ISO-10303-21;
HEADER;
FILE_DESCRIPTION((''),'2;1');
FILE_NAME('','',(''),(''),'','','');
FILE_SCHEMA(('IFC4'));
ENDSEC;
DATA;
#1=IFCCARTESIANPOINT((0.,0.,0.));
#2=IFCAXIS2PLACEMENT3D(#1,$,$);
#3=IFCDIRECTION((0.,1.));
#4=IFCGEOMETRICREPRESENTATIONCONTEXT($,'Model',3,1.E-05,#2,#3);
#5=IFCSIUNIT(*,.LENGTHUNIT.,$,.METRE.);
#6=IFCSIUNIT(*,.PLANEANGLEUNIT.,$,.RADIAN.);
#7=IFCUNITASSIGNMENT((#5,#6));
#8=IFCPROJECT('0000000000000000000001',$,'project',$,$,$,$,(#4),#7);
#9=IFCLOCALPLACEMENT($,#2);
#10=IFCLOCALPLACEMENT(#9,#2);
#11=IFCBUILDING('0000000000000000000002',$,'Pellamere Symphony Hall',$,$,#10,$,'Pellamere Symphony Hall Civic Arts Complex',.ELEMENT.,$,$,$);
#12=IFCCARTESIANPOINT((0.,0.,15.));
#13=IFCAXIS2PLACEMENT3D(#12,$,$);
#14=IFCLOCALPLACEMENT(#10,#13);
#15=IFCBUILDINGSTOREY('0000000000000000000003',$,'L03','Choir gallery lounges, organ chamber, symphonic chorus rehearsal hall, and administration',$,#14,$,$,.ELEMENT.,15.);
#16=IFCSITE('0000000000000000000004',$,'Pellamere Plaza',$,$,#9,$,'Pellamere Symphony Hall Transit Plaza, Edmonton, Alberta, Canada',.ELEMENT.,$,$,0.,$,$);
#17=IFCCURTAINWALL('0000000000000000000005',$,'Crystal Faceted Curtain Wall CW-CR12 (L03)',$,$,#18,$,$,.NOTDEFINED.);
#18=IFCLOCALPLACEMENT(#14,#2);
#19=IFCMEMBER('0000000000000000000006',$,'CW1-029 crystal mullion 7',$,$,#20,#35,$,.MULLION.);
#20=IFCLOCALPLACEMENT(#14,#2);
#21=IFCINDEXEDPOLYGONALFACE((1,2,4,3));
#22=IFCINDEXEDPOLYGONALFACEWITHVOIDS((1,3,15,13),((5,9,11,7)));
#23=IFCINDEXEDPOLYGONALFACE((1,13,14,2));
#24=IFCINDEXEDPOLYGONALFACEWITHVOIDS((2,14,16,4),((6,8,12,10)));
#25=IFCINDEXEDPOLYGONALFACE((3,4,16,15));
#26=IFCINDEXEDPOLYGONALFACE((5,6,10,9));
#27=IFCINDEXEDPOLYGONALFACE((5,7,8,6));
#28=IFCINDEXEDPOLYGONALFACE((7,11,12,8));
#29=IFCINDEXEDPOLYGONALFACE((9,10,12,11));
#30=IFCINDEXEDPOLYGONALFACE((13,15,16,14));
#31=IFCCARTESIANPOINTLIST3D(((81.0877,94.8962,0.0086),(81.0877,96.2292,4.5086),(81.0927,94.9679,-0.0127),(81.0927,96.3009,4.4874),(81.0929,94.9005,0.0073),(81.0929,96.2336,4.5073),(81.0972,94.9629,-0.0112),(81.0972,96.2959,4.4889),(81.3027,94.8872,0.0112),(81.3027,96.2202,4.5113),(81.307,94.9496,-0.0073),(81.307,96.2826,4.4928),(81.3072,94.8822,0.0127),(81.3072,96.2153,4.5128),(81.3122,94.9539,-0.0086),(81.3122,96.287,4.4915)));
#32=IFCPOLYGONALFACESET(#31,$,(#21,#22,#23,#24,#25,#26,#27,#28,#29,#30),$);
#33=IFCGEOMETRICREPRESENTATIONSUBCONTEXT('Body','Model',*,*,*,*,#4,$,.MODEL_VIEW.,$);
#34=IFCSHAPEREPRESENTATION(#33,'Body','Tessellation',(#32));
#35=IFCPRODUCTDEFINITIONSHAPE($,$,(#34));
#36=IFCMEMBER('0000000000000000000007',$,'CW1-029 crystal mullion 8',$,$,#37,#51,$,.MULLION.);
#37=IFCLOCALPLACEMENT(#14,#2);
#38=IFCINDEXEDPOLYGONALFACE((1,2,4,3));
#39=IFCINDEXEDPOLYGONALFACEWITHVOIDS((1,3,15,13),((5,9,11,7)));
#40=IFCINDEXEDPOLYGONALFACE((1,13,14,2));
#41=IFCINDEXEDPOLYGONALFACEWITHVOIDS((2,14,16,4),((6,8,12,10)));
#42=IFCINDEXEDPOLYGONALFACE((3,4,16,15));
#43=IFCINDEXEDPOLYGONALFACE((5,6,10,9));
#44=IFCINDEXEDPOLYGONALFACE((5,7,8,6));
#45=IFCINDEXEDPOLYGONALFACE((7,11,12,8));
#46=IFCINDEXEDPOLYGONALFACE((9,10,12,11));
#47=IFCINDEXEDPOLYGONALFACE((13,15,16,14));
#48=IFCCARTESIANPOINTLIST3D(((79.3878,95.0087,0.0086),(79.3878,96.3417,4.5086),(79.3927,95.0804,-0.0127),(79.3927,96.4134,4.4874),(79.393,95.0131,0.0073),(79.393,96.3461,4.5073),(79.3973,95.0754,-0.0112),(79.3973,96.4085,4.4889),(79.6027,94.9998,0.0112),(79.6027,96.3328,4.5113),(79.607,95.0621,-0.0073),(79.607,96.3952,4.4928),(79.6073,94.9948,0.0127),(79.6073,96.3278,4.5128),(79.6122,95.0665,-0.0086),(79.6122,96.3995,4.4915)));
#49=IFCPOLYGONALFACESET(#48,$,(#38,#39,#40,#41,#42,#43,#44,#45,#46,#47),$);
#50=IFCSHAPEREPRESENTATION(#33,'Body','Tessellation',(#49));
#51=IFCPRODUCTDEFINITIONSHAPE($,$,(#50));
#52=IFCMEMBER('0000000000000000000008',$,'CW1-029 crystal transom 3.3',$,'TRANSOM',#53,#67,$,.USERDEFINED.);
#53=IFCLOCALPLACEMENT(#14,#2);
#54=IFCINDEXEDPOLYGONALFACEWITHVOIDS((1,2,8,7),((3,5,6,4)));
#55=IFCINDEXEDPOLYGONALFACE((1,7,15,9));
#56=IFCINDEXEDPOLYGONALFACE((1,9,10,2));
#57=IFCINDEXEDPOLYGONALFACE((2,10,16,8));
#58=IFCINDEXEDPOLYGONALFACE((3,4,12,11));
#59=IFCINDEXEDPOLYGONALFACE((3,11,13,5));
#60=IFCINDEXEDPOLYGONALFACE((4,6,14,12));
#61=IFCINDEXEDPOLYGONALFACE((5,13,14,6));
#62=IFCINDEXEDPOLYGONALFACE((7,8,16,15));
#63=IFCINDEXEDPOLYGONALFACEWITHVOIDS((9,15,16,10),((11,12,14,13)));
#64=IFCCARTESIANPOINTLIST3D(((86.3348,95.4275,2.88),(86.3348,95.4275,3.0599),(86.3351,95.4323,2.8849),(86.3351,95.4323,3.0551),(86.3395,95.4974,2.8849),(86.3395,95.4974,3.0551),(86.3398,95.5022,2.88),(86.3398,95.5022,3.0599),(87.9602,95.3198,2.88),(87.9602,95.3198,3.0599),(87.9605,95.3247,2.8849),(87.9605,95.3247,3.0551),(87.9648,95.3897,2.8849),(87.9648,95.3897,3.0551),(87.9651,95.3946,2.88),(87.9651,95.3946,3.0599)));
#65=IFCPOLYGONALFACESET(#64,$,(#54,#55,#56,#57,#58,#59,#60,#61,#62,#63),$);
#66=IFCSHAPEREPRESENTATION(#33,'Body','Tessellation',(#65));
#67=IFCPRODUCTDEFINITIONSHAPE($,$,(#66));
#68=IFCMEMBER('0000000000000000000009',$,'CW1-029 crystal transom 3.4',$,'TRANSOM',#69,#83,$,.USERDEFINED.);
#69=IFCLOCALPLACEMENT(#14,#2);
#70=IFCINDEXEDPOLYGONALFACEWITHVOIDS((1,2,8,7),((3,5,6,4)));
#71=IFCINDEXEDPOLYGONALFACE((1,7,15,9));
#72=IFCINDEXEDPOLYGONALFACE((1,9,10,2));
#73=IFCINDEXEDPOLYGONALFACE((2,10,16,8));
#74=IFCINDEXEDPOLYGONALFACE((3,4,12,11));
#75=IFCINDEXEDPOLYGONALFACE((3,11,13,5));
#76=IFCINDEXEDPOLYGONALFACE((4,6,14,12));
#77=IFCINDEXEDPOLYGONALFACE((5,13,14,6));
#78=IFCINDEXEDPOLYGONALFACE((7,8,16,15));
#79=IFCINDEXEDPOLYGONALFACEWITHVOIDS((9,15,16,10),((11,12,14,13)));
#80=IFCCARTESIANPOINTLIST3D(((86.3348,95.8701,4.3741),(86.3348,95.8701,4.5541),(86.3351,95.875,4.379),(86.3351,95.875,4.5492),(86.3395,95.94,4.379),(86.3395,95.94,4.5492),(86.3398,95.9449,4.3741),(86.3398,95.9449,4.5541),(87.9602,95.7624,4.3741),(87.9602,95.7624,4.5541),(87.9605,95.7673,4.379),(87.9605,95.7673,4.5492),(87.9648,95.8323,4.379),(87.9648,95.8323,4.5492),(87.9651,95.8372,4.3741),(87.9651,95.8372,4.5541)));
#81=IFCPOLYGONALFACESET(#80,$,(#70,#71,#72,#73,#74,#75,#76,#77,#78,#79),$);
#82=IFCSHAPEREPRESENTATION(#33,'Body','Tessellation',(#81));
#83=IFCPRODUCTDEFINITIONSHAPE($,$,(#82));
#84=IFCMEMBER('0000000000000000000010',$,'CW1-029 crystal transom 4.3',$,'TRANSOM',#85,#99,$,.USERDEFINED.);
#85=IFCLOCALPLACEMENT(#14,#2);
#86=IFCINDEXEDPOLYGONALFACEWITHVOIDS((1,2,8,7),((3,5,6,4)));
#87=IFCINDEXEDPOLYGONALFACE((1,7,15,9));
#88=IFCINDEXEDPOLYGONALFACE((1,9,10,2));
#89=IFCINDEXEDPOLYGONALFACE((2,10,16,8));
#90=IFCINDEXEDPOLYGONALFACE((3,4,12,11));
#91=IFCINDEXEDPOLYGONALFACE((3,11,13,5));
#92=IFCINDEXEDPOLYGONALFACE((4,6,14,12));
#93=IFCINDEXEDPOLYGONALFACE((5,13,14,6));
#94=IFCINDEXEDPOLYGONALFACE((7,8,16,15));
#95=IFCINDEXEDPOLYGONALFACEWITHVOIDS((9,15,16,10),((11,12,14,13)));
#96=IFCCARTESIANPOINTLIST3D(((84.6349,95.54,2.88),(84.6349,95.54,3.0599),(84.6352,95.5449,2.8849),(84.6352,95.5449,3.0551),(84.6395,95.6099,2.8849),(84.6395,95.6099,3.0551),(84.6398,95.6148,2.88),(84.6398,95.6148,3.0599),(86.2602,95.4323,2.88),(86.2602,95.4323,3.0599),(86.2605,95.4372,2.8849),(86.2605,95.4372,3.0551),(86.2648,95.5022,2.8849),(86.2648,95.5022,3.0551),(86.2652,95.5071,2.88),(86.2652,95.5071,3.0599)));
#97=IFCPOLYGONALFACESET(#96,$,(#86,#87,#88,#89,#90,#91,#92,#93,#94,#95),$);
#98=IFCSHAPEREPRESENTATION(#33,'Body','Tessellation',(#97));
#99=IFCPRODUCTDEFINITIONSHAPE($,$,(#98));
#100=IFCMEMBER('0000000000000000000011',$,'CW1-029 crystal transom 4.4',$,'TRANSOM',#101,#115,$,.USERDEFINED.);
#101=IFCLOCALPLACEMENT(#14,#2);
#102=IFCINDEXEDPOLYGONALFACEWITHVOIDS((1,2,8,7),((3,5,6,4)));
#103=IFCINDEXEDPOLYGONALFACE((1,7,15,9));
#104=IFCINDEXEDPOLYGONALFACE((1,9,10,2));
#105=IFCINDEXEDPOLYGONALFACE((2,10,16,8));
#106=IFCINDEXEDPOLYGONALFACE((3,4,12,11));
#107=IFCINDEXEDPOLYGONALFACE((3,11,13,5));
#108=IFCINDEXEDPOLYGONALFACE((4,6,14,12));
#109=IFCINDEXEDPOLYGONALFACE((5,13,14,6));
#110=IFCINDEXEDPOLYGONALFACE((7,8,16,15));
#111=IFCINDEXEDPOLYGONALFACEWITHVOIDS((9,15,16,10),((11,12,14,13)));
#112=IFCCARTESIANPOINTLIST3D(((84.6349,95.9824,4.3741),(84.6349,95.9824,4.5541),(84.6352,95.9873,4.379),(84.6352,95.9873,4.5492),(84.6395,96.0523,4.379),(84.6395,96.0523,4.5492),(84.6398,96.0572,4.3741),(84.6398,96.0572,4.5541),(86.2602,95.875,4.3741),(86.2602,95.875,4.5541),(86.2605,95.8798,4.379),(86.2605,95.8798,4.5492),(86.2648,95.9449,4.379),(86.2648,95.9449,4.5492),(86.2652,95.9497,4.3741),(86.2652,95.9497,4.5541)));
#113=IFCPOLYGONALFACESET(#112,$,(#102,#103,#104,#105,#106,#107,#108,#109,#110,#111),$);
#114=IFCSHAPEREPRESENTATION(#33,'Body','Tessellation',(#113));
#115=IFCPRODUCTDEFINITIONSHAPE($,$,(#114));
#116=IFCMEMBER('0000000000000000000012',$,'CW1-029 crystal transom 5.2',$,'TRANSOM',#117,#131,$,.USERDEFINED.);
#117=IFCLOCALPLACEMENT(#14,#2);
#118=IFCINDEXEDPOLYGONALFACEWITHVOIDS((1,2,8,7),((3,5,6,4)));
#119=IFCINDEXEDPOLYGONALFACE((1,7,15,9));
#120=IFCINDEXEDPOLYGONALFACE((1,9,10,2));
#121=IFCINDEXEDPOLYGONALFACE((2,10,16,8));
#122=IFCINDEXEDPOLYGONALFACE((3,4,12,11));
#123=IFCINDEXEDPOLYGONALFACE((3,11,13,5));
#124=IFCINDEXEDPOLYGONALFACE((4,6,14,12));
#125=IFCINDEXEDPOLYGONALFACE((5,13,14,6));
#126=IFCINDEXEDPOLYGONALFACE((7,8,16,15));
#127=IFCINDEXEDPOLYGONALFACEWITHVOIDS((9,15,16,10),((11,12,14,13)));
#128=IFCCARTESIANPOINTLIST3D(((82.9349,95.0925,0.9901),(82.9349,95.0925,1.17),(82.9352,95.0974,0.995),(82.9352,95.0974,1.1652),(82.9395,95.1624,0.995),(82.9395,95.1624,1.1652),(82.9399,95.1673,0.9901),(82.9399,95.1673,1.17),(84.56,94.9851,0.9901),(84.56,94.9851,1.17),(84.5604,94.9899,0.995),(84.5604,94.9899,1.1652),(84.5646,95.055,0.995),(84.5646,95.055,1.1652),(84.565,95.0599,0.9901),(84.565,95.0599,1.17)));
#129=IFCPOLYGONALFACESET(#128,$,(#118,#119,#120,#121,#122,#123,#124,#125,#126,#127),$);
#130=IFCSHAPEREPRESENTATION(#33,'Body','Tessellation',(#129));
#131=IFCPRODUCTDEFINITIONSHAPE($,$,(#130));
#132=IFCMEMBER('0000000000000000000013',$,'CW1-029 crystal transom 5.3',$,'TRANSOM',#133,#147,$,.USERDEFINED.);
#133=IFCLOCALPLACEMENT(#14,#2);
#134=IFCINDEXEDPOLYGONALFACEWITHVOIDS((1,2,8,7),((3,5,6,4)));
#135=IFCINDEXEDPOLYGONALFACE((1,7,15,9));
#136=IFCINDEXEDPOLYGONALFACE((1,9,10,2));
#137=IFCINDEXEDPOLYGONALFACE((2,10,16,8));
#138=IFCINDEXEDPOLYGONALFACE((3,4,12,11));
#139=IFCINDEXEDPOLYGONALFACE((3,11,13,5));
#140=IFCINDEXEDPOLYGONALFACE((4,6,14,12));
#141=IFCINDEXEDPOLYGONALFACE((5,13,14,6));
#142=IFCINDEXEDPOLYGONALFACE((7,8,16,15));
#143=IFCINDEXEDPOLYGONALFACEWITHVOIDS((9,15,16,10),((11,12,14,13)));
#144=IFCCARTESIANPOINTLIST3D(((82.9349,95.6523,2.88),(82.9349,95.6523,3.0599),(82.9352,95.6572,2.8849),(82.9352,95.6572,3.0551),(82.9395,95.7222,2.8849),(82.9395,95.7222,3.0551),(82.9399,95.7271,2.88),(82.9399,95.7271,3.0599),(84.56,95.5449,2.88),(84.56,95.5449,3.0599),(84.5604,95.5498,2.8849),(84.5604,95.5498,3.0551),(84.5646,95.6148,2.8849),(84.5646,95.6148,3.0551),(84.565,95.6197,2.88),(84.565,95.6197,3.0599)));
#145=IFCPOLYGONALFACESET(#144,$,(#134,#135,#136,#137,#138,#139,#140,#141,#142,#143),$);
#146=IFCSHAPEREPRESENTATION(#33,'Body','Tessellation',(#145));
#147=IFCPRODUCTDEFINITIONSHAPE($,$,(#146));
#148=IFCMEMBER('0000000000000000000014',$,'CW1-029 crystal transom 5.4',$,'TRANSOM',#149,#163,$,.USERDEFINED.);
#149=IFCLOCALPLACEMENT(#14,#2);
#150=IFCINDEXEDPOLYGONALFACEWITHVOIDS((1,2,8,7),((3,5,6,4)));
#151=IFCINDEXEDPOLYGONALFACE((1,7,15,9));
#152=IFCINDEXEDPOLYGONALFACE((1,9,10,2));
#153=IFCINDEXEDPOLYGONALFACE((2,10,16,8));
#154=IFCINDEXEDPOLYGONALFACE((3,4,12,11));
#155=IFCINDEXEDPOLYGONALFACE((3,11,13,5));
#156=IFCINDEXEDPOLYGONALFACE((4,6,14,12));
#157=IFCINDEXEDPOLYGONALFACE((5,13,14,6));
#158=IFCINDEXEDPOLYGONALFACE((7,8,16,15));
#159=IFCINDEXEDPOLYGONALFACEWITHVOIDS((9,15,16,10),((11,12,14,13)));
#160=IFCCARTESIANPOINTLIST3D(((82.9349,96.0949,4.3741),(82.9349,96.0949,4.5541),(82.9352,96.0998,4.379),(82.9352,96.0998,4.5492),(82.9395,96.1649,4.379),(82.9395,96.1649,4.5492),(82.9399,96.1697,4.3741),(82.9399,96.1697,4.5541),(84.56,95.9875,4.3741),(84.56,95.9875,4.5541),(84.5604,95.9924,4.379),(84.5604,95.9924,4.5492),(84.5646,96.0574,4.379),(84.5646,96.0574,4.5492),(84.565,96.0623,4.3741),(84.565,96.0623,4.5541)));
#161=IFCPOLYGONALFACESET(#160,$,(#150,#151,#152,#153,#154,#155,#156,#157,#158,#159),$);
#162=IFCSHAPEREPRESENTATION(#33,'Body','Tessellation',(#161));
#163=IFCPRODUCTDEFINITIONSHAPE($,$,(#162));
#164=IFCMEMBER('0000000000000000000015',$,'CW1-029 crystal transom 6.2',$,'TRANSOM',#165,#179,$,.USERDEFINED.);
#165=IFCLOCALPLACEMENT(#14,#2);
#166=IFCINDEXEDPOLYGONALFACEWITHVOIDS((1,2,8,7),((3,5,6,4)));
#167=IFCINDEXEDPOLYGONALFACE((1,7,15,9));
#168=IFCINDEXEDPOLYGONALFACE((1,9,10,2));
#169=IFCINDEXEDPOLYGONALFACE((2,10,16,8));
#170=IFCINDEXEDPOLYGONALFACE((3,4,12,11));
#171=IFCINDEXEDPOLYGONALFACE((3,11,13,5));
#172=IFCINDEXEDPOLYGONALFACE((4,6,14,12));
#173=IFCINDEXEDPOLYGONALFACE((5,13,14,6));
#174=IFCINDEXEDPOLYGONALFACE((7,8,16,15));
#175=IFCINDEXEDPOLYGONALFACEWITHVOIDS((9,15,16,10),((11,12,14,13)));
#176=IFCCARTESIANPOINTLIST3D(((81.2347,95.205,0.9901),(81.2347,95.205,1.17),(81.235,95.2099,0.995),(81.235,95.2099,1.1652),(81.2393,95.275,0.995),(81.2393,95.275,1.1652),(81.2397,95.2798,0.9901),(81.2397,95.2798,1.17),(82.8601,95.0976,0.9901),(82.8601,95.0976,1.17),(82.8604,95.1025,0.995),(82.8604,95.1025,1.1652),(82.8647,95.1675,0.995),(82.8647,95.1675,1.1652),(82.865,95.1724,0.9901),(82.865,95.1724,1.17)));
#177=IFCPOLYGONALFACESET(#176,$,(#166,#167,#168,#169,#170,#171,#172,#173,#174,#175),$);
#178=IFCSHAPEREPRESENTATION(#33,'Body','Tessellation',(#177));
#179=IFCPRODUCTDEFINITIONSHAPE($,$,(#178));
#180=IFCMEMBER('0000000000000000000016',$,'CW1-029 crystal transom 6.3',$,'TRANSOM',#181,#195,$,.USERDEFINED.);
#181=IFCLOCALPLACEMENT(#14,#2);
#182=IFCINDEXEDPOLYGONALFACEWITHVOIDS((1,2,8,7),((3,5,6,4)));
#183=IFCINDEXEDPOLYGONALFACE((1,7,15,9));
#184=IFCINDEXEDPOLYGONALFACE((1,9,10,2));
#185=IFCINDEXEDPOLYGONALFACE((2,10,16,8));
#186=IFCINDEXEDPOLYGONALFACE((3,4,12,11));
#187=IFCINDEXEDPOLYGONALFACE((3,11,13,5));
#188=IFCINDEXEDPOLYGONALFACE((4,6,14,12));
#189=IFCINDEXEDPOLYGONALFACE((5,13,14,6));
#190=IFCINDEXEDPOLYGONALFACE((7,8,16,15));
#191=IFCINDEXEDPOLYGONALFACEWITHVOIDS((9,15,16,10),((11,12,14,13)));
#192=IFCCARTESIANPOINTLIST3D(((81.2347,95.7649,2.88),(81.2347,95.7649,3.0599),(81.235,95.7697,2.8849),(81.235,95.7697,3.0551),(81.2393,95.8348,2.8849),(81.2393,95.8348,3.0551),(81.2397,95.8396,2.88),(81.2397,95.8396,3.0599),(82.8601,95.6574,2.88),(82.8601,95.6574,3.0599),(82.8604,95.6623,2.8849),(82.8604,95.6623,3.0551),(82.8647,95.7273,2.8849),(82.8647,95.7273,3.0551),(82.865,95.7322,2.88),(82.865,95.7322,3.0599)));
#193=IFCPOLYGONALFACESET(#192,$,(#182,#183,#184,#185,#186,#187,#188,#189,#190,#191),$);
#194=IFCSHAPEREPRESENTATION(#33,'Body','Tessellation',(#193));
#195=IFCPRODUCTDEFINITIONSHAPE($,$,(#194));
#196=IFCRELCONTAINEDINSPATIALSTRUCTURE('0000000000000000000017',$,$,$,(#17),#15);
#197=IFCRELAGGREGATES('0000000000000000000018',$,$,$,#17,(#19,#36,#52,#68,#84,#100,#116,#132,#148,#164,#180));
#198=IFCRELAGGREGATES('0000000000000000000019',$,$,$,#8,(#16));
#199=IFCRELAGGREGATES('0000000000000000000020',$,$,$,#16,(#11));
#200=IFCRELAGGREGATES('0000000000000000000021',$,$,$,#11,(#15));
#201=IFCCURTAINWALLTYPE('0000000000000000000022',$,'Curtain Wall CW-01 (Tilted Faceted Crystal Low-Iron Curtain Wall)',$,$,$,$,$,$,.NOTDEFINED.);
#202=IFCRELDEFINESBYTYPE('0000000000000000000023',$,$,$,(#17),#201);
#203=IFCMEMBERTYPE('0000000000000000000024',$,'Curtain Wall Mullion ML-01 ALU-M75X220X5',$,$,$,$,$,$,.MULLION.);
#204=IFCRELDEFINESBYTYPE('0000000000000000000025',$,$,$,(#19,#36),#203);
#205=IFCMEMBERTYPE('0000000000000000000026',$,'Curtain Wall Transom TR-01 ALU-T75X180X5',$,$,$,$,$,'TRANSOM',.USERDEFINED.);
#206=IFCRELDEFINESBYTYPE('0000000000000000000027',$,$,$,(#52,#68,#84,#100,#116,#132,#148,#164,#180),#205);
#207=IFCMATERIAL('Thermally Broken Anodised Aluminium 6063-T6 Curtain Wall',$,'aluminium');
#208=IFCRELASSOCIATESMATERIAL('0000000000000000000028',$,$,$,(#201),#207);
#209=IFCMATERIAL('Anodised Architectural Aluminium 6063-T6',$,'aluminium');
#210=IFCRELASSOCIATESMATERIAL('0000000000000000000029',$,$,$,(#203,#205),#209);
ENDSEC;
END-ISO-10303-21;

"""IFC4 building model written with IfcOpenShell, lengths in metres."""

from ifc_helpers import new_model, si_unit, direction, frame, origin, origin_2d, place, context, subcontext, project, spatial, hollow_rectangle, extrude, material, material_profile, profile_set, type_object, element, aggregate, save


model = new_model("IFC4")

# Units and contexts
model_context = context("Model", 3, precision=1e-05, world=origin(), true_north=direction((0.0, 1.0)))
body_context = subcontext(model_context, "Body", "Model", "MODEL_VIEW")
ifc_project = project(units=[si_unit("LENGTHUNIT", "METRE"), si_unit("PLANEANGLEUNIT", "RADIAN")], contexts=[model_context])

# Site, building, storey
site_placement = place(None, origin())
site = spatial("IfcSite", under=ifc_project, at=site_placement, Name="Pellamere Plaza", LongName="Pellamere Symphony Hall Transit Plaza, Edmonton, Alberta, Canada", CompositionType="ELEMENT", RefElevation=0.0)
building_placement = place(site_placement, origin())
building = spatial("IfcBuilding", under=site, at=building_placement, Name="Pellamere Symphony Hall", LongName="Pellamere Symphony Hall Civic Arts Complex", CompositionType="ELEMENT")
storey_placement = place(building_placement, frame((0.0, 0.0, 15.0)))
storey = spatial("IfcBuildingStorey", under=building, at=storey_placement, Name="L03", Description="Choir gallery lounges, organ chamber, symphonic chorus rehearsal hall, and administration", CompositionType="ELEMENT", Elevation=15.0)

# Curtain wall, members
ifc_material_1 = material(Name="Thermally Broken Anodised Aluminium 6063-T6 Curtain Wall", Category="aluminium")
curtain_wall_type = type_object("IfcCurtainWallType", Name="Curtain Wall CW-01 (Tilted Faceted Crystal Low-Iron Curtain Wall)", PredefinedType="NOTDEFINED", material=ifc_material_1)
curtain_wall_placement = place(storey_placement, origin())
curtain_wall = element("IfcCurtainWall", 1, at=curtain_wall_placement, inside=storey, type_object=curtain_wall_type, Name="Crystal Faceted Curtain Wall CW-CR12 (L03)", PredefinedType="NOTDEFINED")
ifc_material_2 = material(Name="Anodised Architectural Aluminium 6063-T6", Category="aluminium")
ifc_material_profile_1 = material_profile(ifc_material_2, hollow_rectangle(XDim=0.075, YDim=0.22, WallThickness=0.0049, at=origin_2d()), Name="ALU-M75X220X5")
ifc_profile_set_1 = profile_set([ifc_material_profile_1], Name="Anodised Architectural Aluminium 6063-T6")
member_type_1 = type_object("IfcMemberType", Name="Curtain Wall Mullion ML-01 ALU-M75X220X5", PredefinedType="MULLION", material=ifc_profile_set_1)
member_1_placement = place(storey_placement, frame((81.2, 94.925, 0.0), z_axis=(0.0, 0.284025, 0.958817), x_axis=(0.066032, 0.956724, -0.283405)))
member_1 = element("IfcMember", 2, at=member_1_placement, type_object=member_type_1, Name="CW1-029 crystal mullion 7", PredefinedType="MULLION", context=body_context, shape_type="SweptSolid", body=[
    extrude(hollow_rectangle(XDim=0.075, YDim=0.22, WallThickness=0.0049, at=origin_2d()), origin(), (0.0, 0.0, 1.0), 4.6934),
])
member_2_placement = place(storey_placement, frame((79.5, 95.0376, 0.0), z_axis=(0.0, 0.284025, 0.958817), x_axis=(0.066032, 0.956724, -0.283405)))
member_2 = element("IfcMember", 3, at=member_2_placement, type_object=member_type_1, Name="CW1-029 crystal mullion 8", PredefinedType="MULLION", context=body_context, shape_type="SweptSolid", body=[
    extrude(hollow_rectangle(XDim=0.075, YDim=0.22, WallThickness=0.0049, at=origin_2d()), origin(), (0.0, 0.0, 1.0), 4.6934),
])
ifc_material_profile_2 = material_profile(ifc_material_2, hollow_rectangle(XDim=0.075, YDim=0.1799, WallThickness=0.0049, at=origin_2d()), Name="ALU-T75X180X5")
ifc_profile_set_2 = profile_set([ifc_material_profile_2], Name="Anodised Architectural Aluminium 6063-T6")
member_type_2 = type_object("IfcMemberType", Name="Curtain Wall Transom TR-01 ALU-T75X180X5", ElementType="TRANSOM", PredefinedType="USERDEFINED", material=ifc_profile_set_2)
member_3_placement = place(storey_placement, frame((87.9626, 95.3572, 2.97), z_axis=(-0.997813, 0.066101, 0.0), x_axis=(-0.066101, -0.997813, 0.0)))
member_3 = element("IfcMember", 4, at=member_3_placement, type_object=member_type_2, Name="CW1-029 crystal transom 3.3", ObjectType="TRANSOM", PredefinedType="USERDEFINED", context=body_context, shape_type="SweptSolid", body=[
    extrude(hollow_rectangle(XDim=0.075, YDim=0.1799, WallThickness=0.0049, at=origin_2d()), origin(), (0.0, 0.0, 1.0), 1.6289),
])
member_4_placement = place(storey_placement, frame((87.9626, 95.7998, 4.4641), z_axis=(-0.997813, 0.066101, 0.0), x_axis=(-0.066101, -0.997813, 0.0)))
member_4 = element("IfcMember", 5, at=member_4_placement, type_object=member_type_2, Name="CW1-029 crystal transom 3.4", ObjectType="TRANSOM", PredefinedType="USERDEFINED", context=body_context, shape_type="SweptSolid", body=[
    extrude(hollow_rectangle(XDim=0.075, YDim=0.1799, WallThickness=0.0049, at=origin_2d()), origin(), (0.0, 0.0, 1.0), 1.6289),
])
member_5_placement = place(storey_placement, frame((86.2627, 95.4697, 2.97), z_axis=(-0.997813, 0.066101, 0.0), x_axis=(-0.066101, -0.997813, 0.0)))
member_5 = element("IfcMember", 6, at=member_5_placement, type_object=member_type_2, Name="CW1-029 crystal transom 4.3", ObjectType="TRANSOM", PredefinedType="USERDEFINED", context=body_context, shape_type="SweptSolid", body=[
    extrude(hollow_rectangle(XDim=0.075, YDim=0.1799, WallThickness=0.0049, at=origin_2d()), origin(), (0.0, 0.0, 1.0), 1.6289),
])
member_6_placement = place(storey_placement, frame((86.2627, 95.9124, 4.4641), z_axis=(-0.997823, 0.065952, 0.0), x_axis=(-0.065952, -0.997823, 0.0)))
member_6 = element("IfcMember", 7, at=member_6_placement, type_object=member_type_2, Name="CW1-029 crystal transom 4.4", ObjectType="TRANSOM", PredefinedType="USERDEFINED", context=body_context, shape_type="SweptSolid", body=[
    extrude(hollow_rectangle(XDim=0.075, YDim=0.1799, WallThickness=0.0049, at=origin_2d()), origin(), (0.0, 0.0, 1.0), 1.6289),
])
member_7_placement = place(storey_placement, frame((84.5625, 95.0225, 1.0801), z_axis=(-0.997822, 0.065962, 0.0), x_axis=(-0.065962, -0.997822, 0.0)))
member_7 = element("IfcMember", 8, at=member_7_placement, type_object=member_type_2, Name="CW1-029 crystal transom 5.2", ObjectType="TRANSOM", PredefinedType="USERDEFINED", context=body_context, shape_type="SweptSolid", body=[
    extrude(hollow_rectangle(XDim=0.075, YDim=0.1799, WallThickness=0.0049, at=origin_2d()), origin(), (0.0, 0.0, 1.0), 1.6287),
])
member_8_placement = place(storey_placement, frame((84.5625, 95.5823, 2.97), z_axis=(-0.997822, 0.065962, 0.0), x_axis=(-0.065962, -0.997822, 0.0)))
member_8 = element("IfcMember", 9, at=member_8_placement, type_object=member_type_2, Name="CW1-029 crystal transom 5.3", ObjectType="TRANSOM", PredefinedType="USERDEFINED", context=body_context, shape_type="SweptSolid", body=[
    extrude(hollow_rectangle(XDim=0.075, YDim=0.1799, WallThickness=0.0049, at=origin_2d()), origin(), (0.0, 0.0, 1.0), 1.6287),
])
member_9_placement = place(storey_placement, frame((84.5625, 96.0249, 4.4641), z_axis=(-0.997822, 0.065962, 0.0), x_axis=(-0.065962, -0.997822, 0.0)))
member_9 = element("IfcMember", 10, at=member_9_placement, type_object=member_type_2, Name="CW1-029 crystal transom 5.4", ObjectType="TRANSOM", PredefinedType="USERDEFINED", context=body_context, shape_type="SweptSolid", body=[
    extrude(hollow_rectangle(XDim=0.075, YDim=0.1799, WallThickness=0.0049, at=origin_2d()), origin(), (0.0, 0.0, 1.0), 1.6287),
])
member_10_placement = place(storey_placement, frame((82.8625, 95.135, 1.0801), z_axis=(-0.997823, 0.065952, 0.0), x_axis=(-0.065952, -0.997823, 0.0)))
member_10 = element("IfcMember", 11, at=member_10_placement, type_object=member_type_2, Name="CW1-029 crystal transom 6.2", ObjectType="TRANSOM", PredefinedType="USERDEFINED", context=body_context, shape_type="SweptSolid", body=[
    extrude(hollow_rectangle(XDim=0.075, YDim=0.1799, WallThickness=0.0049, at=origin_2d()), origin(), (0.0, 0.0, 1.0), 1.6289),
])
member_11_placement = place(storey_placement, frame((82.8625, 95.6948, 2.97), z_axis=(-0.997823, 0.065952, 0.0), x_axis=(-0.065952, -0.997823, 0.0)))
member_11 = element("IfcMember", 12, at=member_11_placement, type_object=member_type_2, Name="CW1-029 crystal transom 6.3", ObjectType="TRANSOM", PredefinedType="USERDEFINED", context=body_context, shape_type="SweptSolid", body=[
    extrude(hollow_rectangle(XDim=0.075, YDim=0.1799, WallThickness=0.0049, at=origin_2d()), origin(), (0.0, 0.0, 1.0), 1.6289),
])
aggregate(curtain_wall, [member_1, member_2, member_3, member_4, member_5, member_6, member_7, member_8, member_9, member_10, member_11])

save(model, "model.ifc")
